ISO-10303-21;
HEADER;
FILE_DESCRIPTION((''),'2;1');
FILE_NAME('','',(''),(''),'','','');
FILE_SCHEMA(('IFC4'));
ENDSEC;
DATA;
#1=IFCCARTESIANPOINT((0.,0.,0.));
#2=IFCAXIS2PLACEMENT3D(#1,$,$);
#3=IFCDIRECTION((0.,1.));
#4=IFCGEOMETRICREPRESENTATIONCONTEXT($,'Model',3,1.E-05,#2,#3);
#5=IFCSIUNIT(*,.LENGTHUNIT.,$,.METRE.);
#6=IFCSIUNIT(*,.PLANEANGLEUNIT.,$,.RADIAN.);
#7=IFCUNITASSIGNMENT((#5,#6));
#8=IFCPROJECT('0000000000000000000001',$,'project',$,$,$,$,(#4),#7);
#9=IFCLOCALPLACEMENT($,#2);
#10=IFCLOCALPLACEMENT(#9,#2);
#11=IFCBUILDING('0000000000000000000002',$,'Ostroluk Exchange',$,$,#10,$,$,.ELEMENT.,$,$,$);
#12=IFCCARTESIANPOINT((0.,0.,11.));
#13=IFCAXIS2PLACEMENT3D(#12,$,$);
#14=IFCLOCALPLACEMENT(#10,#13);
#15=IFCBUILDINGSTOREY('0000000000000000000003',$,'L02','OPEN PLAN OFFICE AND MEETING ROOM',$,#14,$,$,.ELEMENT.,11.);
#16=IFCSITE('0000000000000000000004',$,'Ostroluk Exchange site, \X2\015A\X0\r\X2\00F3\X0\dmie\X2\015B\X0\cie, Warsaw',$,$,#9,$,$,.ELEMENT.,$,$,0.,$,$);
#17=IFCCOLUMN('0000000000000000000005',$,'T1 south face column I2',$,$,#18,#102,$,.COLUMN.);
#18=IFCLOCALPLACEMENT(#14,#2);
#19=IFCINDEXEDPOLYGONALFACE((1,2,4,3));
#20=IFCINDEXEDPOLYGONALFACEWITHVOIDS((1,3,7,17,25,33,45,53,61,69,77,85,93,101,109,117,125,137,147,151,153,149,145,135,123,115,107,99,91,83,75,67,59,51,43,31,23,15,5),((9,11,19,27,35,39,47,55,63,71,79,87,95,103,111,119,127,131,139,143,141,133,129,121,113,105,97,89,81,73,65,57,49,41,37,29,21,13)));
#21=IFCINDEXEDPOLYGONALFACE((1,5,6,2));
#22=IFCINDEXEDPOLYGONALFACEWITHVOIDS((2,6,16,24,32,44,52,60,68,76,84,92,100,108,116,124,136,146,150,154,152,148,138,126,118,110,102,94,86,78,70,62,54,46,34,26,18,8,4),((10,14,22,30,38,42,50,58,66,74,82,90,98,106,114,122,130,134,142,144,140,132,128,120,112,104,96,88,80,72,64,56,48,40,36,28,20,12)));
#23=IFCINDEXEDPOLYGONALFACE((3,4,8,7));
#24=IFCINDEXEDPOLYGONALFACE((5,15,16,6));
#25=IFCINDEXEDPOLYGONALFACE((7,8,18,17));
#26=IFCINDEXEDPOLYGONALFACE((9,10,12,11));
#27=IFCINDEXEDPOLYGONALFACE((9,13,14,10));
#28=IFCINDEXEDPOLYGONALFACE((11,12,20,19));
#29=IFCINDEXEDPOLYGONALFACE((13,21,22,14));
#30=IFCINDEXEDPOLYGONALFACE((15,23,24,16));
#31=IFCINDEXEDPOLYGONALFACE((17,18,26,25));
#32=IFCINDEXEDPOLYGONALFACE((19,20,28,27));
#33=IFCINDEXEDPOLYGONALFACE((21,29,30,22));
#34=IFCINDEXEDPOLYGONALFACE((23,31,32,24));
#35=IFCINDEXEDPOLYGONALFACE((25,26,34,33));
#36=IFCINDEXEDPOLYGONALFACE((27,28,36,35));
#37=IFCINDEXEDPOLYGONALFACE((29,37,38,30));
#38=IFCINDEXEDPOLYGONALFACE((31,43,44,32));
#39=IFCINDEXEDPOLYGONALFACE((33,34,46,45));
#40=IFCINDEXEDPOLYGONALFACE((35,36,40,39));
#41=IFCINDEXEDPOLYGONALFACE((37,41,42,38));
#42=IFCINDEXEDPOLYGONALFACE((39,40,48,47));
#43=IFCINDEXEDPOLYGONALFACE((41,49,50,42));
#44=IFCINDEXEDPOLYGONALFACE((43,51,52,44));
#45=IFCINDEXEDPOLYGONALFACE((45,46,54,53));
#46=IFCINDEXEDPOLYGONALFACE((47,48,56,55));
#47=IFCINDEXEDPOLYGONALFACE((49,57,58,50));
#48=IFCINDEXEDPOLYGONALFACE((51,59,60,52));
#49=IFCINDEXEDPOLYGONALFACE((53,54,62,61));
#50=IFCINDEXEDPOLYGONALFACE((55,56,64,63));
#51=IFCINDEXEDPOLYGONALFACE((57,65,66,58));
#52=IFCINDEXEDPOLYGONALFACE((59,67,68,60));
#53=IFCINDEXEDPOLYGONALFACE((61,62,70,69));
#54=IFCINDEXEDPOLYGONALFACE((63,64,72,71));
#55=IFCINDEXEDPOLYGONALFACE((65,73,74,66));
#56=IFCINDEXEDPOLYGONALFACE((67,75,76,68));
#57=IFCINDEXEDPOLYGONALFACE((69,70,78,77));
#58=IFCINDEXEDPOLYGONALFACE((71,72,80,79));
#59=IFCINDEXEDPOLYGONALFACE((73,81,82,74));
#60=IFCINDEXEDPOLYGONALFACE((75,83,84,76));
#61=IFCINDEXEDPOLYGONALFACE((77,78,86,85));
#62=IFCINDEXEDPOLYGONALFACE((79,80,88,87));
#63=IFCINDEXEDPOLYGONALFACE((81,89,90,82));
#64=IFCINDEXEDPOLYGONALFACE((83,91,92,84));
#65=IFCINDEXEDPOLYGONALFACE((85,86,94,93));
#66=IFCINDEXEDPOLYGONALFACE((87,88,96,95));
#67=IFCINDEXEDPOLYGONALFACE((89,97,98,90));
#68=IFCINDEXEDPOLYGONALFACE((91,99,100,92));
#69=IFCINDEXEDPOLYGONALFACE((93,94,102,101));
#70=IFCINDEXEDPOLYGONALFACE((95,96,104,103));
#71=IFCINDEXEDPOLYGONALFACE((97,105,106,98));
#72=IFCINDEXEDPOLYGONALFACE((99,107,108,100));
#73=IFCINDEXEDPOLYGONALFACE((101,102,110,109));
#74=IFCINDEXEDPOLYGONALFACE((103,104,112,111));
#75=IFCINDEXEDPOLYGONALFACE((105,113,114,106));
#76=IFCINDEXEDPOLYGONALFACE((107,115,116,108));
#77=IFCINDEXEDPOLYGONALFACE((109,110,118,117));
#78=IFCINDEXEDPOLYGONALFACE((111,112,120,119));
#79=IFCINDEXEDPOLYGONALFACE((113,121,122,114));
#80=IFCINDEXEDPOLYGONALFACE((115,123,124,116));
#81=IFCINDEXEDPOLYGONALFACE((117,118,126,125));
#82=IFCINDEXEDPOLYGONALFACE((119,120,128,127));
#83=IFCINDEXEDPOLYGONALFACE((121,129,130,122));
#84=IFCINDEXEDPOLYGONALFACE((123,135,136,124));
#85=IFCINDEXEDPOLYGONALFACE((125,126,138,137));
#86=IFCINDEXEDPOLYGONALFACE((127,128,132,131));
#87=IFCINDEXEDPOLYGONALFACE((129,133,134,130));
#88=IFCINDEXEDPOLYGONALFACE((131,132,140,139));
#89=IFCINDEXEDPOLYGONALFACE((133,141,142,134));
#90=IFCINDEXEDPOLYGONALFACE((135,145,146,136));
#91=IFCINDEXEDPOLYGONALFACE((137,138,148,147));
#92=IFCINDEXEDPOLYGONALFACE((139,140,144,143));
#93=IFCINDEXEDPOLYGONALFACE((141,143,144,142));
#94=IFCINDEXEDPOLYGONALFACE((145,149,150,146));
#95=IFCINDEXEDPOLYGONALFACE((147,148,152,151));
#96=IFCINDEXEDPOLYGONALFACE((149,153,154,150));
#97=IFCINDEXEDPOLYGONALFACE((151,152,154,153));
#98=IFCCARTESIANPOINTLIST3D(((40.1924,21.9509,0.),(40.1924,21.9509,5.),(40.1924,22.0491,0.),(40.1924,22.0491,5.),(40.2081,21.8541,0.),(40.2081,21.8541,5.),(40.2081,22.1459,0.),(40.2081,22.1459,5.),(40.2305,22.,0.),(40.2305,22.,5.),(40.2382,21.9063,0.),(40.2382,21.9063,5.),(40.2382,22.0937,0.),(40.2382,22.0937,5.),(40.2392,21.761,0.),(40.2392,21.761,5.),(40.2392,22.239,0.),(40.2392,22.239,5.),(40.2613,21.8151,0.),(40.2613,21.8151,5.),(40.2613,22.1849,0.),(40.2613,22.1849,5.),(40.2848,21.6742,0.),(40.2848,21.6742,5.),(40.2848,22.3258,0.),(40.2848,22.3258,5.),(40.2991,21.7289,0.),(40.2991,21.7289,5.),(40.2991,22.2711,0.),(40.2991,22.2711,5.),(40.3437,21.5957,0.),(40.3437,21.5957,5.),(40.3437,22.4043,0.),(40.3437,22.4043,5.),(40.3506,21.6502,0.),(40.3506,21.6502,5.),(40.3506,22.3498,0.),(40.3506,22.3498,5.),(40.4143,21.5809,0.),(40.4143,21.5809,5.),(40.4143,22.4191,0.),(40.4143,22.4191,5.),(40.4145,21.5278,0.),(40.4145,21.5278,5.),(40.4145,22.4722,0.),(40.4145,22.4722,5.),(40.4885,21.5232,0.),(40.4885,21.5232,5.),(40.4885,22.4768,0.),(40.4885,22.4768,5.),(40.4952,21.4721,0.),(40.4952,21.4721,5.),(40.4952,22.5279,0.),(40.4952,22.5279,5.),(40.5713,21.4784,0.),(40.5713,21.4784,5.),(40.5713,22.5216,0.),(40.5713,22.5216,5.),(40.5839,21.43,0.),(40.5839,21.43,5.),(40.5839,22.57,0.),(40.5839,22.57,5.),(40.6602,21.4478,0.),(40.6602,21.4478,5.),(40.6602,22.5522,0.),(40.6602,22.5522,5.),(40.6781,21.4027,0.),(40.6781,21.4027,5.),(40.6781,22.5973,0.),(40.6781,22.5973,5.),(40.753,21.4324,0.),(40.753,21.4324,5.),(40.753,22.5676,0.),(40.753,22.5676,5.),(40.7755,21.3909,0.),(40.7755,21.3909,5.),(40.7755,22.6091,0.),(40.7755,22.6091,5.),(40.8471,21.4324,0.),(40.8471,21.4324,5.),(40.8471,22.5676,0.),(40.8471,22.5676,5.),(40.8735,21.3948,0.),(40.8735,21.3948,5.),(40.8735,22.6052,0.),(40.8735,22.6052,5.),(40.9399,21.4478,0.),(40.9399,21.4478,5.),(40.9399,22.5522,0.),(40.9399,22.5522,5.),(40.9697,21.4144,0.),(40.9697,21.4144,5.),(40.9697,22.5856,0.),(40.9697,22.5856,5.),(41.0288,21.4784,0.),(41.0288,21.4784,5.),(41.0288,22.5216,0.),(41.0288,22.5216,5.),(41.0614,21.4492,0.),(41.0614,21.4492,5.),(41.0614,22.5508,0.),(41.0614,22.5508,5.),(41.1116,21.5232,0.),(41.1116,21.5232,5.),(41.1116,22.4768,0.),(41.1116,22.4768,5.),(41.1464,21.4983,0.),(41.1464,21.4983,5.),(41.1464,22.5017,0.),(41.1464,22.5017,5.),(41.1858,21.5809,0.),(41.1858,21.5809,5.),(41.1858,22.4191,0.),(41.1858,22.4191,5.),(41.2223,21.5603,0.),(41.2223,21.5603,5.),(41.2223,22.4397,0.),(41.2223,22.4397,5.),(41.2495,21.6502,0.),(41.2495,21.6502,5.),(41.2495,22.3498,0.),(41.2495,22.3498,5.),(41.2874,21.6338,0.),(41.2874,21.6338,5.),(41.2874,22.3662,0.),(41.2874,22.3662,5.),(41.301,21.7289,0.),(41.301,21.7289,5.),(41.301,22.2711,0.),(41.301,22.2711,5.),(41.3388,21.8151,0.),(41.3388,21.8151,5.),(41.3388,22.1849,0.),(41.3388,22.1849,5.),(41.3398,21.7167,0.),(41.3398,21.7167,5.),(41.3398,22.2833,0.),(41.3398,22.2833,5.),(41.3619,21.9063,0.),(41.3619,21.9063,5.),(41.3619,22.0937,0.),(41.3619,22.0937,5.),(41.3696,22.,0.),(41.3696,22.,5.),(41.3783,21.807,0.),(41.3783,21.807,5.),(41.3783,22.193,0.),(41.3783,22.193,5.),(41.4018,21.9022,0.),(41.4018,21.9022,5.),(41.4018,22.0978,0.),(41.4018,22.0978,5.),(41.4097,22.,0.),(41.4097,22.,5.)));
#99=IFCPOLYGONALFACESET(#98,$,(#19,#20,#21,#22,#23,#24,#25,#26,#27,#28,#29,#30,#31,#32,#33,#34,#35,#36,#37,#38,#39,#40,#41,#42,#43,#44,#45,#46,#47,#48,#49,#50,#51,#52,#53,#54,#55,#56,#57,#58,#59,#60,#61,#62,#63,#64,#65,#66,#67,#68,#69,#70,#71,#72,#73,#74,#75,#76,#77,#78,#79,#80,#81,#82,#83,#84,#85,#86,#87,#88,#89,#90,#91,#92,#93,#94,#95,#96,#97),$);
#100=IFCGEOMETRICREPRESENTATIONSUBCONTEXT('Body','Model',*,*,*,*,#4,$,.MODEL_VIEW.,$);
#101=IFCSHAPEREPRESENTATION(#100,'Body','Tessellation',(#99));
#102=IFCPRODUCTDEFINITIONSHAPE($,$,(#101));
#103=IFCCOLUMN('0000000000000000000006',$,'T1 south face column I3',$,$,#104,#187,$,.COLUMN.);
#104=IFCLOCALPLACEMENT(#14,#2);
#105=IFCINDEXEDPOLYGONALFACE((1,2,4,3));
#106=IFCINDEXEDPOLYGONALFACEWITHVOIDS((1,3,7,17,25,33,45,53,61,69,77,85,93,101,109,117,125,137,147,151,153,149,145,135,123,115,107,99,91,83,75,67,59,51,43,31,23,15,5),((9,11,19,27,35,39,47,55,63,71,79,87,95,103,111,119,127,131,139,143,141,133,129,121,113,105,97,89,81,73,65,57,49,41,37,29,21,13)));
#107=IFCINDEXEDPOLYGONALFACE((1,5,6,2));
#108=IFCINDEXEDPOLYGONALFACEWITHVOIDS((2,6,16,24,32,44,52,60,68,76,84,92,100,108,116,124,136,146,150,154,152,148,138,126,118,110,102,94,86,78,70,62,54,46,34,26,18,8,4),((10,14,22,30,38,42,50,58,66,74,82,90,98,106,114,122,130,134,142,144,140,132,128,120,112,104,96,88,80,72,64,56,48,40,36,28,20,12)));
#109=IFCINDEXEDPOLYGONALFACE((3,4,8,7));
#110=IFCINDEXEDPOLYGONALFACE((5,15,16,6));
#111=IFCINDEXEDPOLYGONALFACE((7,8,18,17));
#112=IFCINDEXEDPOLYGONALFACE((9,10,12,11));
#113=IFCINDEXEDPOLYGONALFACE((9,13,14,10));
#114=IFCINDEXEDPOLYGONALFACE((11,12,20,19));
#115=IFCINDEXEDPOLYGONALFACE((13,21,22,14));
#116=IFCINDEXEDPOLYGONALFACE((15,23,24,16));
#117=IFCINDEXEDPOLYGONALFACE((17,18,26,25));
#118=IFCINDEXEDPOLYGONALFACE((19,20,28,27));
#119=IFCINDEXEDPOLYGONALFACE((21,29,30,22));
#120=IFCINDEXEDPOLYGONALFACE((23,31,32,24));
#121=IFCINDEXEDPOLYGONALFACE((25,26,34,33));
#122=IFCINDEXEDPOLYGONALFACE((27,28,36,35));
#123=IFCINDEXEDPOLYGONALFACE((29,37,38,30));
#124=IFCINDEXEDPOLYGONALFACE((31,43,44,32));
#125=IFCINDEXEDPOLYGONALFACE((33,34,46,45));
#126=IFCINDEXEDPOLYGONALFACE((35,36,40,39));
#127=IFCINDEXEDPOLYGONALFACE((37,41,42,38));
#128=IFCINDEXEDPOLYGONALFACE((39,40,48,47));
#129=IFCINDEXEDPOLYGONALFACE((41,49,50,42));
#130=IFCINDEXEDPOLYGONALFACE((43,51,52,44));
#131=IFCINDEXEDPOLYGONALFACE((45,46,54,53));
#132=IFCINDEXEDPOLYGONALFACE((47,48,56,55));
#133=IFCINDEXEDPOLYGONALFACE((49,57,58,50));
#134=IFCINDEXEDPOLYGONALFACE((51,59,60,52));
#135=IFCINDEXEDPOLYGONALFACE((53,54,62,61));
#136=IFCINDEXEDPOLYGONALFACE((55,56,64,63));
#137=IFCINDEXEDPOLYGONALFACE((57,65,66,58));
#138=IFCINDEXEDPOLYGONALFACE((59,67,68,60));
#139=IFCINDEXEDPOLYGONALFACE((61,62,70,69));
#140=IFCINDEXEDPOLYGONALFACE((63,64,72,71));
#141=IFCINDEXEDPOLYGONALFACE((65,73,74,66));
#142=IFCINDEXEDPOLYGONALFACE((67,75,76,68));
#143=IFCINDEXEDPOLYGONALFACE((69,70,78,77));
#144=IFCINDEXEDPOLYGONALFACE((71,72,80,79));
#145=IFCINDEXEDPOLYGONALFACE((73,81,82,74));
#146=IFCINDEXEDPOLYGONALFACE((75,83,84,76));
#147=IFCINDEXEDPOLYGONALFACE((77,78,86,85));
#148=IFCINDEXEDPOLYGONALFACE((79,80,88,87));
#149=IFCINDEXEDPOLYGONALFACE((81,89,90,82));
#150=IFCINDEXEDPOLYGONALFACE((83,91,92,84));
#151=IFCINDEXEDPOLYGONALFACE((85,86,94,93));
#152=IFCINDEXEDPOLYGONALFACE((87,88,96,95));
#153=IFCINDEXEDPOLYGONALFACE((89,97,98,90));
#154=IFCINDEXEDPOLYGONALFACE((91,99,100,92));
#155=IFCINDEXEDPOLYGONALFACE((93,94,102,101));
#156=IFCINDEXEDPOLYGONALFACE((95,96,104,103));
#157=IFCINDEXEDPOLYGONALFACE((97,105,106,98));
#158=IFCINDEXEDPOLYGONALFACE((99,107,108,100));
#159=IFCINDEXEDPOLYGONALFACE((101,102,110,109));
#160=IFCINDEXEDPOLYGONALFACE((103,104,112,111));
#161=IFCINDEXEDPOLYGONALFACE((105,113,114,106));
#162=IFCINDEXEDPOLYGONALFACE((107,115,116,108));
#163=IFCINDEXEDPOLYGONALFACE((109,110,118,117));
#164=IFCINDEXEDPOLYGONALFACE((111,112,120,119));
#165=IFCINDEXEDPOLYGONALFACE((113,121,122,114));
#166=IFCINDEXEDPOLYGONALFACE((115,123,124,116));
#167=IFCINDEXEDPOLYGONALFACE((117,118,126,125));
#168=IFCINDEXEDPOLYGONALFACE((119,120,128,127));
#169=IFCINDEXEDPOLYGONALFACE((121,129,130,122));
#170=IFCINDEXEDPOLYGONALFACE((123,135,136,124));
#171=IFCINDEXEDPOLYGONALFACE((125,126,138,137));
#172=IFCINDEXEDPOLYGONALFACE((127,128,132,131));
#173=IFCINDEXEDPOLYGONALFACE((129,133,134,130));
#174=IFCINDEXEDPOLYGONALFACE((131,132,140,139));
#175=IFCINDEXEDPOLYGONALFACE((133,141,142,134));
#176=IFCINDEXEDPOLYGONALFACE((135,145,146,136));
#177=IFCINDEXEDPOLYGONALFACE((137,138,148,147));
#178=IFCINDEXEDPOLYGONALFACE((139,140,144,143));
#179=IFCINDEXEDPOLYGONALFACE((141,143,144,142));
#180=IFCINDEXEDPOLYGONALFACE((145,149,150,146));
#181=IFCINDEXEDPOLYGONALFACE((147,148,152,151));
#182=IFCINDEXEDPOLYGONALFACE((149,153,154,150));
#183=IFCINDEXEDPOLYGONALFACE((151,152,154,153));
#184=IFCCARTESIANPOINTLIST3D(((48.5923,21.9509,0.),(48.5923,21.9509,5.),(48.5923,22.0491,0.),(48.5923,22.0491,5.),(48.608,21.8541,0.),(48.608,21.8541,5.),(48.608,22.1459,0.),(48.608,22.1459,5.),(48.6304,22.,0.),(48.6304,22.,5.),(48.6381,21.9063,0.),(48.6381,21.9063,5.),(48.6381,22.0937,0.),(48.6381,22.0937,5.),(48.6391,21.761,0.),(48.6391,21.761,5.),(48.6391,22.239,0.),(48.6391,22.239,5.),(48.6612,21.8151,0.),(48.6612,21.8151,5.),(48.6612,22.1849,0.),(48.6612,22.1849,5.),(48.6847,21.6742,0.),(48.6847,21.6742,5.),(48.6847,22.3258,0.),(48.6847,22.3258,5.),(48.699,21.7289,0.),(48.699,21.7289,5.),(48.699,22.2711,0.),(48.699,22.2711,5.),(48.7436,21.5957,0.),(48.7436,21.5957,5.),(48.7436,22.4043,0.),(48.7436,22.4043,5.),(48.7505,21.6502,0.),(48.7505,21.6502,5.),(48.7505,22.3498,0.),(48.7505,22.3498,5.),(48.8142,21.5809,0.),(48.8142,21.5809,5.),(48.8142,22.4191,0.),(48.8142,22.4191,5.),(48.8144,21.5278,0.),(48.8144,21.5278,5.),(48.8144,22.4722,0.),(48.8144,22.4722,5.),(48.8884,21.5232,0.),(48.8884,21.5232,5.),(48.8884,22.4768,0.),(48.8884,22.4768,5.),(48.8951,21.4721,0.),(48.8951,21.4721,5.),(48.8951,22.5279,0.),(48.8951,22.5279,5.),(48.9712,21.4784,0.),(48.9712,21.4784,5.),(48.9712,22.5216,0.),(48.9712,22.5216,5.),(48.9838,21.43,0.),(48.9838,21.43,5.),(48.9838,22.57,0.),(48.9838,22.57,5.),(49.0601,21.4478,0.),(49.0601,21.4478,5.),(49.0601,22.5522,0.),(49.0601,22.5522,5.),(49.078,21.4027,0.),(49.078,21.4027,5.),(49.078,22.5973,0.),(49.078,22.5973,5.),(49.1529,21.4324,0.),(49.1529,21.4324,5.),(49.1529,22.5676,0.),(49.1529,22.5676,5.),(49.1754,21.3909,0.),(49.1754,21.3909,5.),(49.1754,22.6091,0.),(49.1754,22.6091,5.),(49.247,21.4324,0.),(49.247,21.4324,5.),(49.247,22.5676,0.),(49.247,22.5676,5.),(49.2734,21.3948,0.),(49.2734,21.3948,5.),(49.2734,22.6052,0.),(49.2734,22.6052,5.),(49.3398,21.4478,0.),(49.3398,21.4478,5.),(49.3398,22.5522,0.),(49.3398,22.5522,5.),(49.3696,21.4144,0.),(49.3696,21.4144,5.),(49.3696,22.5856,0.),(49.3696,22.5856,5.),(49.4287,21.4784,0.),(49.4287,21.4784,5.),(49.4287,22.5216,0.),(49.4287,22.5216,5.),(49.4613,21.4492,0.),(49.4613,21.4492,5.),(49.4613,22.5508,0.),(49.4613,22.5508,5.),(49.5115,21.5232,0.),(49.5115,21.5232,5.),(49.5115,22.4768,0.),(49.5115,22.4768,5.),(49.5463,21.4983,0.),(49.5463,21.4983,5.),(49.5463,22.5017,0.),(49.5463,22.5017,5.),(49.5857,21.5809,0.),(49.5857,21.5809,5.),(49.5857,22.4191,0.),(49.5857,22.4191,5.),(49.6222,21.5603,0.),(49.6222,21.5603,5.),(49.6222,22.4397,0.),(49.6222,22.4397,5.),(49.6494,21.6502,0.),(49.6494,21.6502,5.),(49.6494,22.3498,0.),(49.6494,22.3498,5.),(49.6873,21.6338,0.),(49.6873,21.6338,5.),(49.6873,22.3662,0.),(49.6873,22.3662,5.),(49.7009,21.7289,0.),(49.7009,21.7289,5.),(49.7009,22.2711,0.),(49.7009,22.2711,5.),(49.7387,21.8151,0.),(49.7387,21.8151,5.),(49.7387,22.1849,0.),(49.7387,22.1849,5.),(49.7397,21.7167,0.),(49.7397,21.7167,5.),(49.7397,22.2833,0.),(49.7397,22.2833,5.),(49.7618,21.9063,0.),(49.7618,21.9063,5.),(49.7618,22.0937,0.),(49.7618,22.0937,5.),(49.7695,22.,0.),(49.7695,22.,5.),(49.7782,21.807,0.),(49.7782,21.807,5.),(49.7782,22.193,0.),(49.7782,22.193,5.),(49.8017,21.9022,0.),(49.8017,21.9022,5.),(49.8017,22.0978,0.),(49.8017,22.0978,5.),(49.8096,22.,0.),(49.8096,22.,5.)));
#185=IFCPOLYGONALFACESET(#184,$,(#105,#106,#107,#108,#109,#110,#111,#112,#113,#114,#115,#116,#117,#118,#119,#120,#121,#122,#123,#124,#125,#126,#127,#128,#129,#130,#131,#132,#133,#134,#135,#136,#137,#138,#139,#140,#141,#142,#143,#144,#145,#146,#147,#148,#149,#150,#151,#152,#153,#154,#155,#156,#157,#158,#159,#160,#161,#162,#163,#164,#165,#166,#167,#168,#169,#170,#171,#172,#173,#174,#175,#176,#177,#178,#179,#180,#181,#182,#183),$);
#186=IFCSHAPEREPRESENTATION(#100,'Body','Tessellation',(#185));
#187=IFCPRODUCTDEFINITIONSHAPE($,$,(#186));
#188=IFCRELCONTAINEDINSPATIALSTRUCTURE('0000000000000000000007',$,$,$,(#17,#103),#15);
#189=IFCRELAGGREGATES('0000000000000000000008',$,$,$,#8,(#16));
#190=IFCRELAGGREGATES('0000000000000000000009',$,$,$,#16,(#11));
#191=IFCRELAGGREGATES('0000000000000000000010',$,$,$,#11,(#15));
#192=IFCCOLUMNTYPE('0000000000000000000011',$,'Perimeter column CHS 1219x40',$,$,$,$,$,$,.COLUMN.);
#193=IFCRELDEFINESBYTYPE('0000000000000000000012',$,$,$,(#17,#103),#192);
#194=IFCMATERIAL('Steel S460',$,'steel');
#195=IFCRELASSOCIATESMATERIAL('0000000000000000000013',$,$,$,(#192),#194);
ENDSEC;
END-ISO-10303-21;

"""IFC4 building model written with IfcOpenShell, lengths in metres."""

from ifc_helpers import new_model, si_unit, direction, frame, origin, origin_2d, place, context, subcontext, project, spatial, hollow_circle, extrude, material, material_profile, profile_set, type_object, element, save


model = new_model("IFC4")

# Units and contexts
model_context = context("Model", 3, precision=1e-05, world=origin(), true_north=direction((0.0, 1.0)))
body_context = subcontext(model_context, "Body", "Model", "MODEL_VIEW")
ifc_project = project(units=[si_unit("LENGTHUNIT", "METRE"), si_unit("PLANEANGLEUNIT", "RADIAN")], contexts=[model_context])

# Site, building, storey
site_placement = place(None, origin())
site = spatial("IfcSite", under=ifc_project, at=site_placement, Name="Ostroluk Exchange site, Śródmieście, Warsaw", CompositionType="ELEMENT", RefElevation=0.0)
building_placement = place(site_placement, origin())
building = spatial("IfcBuilding", under=site, at=building_placement, Name="Ostroluk Exchange", CompositionType="ELEMENT")
storey_placement = place(building_placement, frame((0.0, 0.0, 11.0)))
storey = spatial("IfcBuildingStorey", under=building, at=storey_placement, Name="L02", Description="OPEN PLAN OFFICE AND MEETING ROOM", CompositionType="ELEMENT", Elevation=11.0)

# Columns
ifc_material_1 = material(Name="Steel S460", Category="steel")
ifc_material_profile_1 = material_profile(ifc_material_1, hollow_circle(Radius=0.6096, WallThickness=0.04, at=origin_2d()), Name="CHS 1219x40")
ifc_profile_set_1 = profile_set([ifc_material_profile_1], Name="Steel S460")
column_type = type_object("IfcColumnType", Name="Perimeter column CHS 1219x40", PredefinedType="COLUMN", material=ifc_profile_set_1)
for number, where, z_axis, x_axis, name in (
    (1, (40.8, 22.0, 0.0), (0.0, 0.0, 1.0), (1.0, 0.0, 0.0), "T1 south face column I2"),
    (2, (49.2, 22.0, 0.0), (0.0, 0.0, 1.0), (1.0, 0.0, 0.0), "T1 south face column I3"),
):
    element("IfcColumn", number, at=place(storey_placement, frame(where, z_axis=z_axis, x_axis=x_axis)), inside=storey, type_object=column_type, Name=name, PredefinedType="COLUMN", context=body_context, shape_type="SweptSolid", body=[
        extrude(hollow_circle(Radius=0.6096, WallThickness=0.04, at=origin_2d()), origin(), (0.0, 0.0, 1.0), 5.0),
    ])

save(model, "model.ifc")
